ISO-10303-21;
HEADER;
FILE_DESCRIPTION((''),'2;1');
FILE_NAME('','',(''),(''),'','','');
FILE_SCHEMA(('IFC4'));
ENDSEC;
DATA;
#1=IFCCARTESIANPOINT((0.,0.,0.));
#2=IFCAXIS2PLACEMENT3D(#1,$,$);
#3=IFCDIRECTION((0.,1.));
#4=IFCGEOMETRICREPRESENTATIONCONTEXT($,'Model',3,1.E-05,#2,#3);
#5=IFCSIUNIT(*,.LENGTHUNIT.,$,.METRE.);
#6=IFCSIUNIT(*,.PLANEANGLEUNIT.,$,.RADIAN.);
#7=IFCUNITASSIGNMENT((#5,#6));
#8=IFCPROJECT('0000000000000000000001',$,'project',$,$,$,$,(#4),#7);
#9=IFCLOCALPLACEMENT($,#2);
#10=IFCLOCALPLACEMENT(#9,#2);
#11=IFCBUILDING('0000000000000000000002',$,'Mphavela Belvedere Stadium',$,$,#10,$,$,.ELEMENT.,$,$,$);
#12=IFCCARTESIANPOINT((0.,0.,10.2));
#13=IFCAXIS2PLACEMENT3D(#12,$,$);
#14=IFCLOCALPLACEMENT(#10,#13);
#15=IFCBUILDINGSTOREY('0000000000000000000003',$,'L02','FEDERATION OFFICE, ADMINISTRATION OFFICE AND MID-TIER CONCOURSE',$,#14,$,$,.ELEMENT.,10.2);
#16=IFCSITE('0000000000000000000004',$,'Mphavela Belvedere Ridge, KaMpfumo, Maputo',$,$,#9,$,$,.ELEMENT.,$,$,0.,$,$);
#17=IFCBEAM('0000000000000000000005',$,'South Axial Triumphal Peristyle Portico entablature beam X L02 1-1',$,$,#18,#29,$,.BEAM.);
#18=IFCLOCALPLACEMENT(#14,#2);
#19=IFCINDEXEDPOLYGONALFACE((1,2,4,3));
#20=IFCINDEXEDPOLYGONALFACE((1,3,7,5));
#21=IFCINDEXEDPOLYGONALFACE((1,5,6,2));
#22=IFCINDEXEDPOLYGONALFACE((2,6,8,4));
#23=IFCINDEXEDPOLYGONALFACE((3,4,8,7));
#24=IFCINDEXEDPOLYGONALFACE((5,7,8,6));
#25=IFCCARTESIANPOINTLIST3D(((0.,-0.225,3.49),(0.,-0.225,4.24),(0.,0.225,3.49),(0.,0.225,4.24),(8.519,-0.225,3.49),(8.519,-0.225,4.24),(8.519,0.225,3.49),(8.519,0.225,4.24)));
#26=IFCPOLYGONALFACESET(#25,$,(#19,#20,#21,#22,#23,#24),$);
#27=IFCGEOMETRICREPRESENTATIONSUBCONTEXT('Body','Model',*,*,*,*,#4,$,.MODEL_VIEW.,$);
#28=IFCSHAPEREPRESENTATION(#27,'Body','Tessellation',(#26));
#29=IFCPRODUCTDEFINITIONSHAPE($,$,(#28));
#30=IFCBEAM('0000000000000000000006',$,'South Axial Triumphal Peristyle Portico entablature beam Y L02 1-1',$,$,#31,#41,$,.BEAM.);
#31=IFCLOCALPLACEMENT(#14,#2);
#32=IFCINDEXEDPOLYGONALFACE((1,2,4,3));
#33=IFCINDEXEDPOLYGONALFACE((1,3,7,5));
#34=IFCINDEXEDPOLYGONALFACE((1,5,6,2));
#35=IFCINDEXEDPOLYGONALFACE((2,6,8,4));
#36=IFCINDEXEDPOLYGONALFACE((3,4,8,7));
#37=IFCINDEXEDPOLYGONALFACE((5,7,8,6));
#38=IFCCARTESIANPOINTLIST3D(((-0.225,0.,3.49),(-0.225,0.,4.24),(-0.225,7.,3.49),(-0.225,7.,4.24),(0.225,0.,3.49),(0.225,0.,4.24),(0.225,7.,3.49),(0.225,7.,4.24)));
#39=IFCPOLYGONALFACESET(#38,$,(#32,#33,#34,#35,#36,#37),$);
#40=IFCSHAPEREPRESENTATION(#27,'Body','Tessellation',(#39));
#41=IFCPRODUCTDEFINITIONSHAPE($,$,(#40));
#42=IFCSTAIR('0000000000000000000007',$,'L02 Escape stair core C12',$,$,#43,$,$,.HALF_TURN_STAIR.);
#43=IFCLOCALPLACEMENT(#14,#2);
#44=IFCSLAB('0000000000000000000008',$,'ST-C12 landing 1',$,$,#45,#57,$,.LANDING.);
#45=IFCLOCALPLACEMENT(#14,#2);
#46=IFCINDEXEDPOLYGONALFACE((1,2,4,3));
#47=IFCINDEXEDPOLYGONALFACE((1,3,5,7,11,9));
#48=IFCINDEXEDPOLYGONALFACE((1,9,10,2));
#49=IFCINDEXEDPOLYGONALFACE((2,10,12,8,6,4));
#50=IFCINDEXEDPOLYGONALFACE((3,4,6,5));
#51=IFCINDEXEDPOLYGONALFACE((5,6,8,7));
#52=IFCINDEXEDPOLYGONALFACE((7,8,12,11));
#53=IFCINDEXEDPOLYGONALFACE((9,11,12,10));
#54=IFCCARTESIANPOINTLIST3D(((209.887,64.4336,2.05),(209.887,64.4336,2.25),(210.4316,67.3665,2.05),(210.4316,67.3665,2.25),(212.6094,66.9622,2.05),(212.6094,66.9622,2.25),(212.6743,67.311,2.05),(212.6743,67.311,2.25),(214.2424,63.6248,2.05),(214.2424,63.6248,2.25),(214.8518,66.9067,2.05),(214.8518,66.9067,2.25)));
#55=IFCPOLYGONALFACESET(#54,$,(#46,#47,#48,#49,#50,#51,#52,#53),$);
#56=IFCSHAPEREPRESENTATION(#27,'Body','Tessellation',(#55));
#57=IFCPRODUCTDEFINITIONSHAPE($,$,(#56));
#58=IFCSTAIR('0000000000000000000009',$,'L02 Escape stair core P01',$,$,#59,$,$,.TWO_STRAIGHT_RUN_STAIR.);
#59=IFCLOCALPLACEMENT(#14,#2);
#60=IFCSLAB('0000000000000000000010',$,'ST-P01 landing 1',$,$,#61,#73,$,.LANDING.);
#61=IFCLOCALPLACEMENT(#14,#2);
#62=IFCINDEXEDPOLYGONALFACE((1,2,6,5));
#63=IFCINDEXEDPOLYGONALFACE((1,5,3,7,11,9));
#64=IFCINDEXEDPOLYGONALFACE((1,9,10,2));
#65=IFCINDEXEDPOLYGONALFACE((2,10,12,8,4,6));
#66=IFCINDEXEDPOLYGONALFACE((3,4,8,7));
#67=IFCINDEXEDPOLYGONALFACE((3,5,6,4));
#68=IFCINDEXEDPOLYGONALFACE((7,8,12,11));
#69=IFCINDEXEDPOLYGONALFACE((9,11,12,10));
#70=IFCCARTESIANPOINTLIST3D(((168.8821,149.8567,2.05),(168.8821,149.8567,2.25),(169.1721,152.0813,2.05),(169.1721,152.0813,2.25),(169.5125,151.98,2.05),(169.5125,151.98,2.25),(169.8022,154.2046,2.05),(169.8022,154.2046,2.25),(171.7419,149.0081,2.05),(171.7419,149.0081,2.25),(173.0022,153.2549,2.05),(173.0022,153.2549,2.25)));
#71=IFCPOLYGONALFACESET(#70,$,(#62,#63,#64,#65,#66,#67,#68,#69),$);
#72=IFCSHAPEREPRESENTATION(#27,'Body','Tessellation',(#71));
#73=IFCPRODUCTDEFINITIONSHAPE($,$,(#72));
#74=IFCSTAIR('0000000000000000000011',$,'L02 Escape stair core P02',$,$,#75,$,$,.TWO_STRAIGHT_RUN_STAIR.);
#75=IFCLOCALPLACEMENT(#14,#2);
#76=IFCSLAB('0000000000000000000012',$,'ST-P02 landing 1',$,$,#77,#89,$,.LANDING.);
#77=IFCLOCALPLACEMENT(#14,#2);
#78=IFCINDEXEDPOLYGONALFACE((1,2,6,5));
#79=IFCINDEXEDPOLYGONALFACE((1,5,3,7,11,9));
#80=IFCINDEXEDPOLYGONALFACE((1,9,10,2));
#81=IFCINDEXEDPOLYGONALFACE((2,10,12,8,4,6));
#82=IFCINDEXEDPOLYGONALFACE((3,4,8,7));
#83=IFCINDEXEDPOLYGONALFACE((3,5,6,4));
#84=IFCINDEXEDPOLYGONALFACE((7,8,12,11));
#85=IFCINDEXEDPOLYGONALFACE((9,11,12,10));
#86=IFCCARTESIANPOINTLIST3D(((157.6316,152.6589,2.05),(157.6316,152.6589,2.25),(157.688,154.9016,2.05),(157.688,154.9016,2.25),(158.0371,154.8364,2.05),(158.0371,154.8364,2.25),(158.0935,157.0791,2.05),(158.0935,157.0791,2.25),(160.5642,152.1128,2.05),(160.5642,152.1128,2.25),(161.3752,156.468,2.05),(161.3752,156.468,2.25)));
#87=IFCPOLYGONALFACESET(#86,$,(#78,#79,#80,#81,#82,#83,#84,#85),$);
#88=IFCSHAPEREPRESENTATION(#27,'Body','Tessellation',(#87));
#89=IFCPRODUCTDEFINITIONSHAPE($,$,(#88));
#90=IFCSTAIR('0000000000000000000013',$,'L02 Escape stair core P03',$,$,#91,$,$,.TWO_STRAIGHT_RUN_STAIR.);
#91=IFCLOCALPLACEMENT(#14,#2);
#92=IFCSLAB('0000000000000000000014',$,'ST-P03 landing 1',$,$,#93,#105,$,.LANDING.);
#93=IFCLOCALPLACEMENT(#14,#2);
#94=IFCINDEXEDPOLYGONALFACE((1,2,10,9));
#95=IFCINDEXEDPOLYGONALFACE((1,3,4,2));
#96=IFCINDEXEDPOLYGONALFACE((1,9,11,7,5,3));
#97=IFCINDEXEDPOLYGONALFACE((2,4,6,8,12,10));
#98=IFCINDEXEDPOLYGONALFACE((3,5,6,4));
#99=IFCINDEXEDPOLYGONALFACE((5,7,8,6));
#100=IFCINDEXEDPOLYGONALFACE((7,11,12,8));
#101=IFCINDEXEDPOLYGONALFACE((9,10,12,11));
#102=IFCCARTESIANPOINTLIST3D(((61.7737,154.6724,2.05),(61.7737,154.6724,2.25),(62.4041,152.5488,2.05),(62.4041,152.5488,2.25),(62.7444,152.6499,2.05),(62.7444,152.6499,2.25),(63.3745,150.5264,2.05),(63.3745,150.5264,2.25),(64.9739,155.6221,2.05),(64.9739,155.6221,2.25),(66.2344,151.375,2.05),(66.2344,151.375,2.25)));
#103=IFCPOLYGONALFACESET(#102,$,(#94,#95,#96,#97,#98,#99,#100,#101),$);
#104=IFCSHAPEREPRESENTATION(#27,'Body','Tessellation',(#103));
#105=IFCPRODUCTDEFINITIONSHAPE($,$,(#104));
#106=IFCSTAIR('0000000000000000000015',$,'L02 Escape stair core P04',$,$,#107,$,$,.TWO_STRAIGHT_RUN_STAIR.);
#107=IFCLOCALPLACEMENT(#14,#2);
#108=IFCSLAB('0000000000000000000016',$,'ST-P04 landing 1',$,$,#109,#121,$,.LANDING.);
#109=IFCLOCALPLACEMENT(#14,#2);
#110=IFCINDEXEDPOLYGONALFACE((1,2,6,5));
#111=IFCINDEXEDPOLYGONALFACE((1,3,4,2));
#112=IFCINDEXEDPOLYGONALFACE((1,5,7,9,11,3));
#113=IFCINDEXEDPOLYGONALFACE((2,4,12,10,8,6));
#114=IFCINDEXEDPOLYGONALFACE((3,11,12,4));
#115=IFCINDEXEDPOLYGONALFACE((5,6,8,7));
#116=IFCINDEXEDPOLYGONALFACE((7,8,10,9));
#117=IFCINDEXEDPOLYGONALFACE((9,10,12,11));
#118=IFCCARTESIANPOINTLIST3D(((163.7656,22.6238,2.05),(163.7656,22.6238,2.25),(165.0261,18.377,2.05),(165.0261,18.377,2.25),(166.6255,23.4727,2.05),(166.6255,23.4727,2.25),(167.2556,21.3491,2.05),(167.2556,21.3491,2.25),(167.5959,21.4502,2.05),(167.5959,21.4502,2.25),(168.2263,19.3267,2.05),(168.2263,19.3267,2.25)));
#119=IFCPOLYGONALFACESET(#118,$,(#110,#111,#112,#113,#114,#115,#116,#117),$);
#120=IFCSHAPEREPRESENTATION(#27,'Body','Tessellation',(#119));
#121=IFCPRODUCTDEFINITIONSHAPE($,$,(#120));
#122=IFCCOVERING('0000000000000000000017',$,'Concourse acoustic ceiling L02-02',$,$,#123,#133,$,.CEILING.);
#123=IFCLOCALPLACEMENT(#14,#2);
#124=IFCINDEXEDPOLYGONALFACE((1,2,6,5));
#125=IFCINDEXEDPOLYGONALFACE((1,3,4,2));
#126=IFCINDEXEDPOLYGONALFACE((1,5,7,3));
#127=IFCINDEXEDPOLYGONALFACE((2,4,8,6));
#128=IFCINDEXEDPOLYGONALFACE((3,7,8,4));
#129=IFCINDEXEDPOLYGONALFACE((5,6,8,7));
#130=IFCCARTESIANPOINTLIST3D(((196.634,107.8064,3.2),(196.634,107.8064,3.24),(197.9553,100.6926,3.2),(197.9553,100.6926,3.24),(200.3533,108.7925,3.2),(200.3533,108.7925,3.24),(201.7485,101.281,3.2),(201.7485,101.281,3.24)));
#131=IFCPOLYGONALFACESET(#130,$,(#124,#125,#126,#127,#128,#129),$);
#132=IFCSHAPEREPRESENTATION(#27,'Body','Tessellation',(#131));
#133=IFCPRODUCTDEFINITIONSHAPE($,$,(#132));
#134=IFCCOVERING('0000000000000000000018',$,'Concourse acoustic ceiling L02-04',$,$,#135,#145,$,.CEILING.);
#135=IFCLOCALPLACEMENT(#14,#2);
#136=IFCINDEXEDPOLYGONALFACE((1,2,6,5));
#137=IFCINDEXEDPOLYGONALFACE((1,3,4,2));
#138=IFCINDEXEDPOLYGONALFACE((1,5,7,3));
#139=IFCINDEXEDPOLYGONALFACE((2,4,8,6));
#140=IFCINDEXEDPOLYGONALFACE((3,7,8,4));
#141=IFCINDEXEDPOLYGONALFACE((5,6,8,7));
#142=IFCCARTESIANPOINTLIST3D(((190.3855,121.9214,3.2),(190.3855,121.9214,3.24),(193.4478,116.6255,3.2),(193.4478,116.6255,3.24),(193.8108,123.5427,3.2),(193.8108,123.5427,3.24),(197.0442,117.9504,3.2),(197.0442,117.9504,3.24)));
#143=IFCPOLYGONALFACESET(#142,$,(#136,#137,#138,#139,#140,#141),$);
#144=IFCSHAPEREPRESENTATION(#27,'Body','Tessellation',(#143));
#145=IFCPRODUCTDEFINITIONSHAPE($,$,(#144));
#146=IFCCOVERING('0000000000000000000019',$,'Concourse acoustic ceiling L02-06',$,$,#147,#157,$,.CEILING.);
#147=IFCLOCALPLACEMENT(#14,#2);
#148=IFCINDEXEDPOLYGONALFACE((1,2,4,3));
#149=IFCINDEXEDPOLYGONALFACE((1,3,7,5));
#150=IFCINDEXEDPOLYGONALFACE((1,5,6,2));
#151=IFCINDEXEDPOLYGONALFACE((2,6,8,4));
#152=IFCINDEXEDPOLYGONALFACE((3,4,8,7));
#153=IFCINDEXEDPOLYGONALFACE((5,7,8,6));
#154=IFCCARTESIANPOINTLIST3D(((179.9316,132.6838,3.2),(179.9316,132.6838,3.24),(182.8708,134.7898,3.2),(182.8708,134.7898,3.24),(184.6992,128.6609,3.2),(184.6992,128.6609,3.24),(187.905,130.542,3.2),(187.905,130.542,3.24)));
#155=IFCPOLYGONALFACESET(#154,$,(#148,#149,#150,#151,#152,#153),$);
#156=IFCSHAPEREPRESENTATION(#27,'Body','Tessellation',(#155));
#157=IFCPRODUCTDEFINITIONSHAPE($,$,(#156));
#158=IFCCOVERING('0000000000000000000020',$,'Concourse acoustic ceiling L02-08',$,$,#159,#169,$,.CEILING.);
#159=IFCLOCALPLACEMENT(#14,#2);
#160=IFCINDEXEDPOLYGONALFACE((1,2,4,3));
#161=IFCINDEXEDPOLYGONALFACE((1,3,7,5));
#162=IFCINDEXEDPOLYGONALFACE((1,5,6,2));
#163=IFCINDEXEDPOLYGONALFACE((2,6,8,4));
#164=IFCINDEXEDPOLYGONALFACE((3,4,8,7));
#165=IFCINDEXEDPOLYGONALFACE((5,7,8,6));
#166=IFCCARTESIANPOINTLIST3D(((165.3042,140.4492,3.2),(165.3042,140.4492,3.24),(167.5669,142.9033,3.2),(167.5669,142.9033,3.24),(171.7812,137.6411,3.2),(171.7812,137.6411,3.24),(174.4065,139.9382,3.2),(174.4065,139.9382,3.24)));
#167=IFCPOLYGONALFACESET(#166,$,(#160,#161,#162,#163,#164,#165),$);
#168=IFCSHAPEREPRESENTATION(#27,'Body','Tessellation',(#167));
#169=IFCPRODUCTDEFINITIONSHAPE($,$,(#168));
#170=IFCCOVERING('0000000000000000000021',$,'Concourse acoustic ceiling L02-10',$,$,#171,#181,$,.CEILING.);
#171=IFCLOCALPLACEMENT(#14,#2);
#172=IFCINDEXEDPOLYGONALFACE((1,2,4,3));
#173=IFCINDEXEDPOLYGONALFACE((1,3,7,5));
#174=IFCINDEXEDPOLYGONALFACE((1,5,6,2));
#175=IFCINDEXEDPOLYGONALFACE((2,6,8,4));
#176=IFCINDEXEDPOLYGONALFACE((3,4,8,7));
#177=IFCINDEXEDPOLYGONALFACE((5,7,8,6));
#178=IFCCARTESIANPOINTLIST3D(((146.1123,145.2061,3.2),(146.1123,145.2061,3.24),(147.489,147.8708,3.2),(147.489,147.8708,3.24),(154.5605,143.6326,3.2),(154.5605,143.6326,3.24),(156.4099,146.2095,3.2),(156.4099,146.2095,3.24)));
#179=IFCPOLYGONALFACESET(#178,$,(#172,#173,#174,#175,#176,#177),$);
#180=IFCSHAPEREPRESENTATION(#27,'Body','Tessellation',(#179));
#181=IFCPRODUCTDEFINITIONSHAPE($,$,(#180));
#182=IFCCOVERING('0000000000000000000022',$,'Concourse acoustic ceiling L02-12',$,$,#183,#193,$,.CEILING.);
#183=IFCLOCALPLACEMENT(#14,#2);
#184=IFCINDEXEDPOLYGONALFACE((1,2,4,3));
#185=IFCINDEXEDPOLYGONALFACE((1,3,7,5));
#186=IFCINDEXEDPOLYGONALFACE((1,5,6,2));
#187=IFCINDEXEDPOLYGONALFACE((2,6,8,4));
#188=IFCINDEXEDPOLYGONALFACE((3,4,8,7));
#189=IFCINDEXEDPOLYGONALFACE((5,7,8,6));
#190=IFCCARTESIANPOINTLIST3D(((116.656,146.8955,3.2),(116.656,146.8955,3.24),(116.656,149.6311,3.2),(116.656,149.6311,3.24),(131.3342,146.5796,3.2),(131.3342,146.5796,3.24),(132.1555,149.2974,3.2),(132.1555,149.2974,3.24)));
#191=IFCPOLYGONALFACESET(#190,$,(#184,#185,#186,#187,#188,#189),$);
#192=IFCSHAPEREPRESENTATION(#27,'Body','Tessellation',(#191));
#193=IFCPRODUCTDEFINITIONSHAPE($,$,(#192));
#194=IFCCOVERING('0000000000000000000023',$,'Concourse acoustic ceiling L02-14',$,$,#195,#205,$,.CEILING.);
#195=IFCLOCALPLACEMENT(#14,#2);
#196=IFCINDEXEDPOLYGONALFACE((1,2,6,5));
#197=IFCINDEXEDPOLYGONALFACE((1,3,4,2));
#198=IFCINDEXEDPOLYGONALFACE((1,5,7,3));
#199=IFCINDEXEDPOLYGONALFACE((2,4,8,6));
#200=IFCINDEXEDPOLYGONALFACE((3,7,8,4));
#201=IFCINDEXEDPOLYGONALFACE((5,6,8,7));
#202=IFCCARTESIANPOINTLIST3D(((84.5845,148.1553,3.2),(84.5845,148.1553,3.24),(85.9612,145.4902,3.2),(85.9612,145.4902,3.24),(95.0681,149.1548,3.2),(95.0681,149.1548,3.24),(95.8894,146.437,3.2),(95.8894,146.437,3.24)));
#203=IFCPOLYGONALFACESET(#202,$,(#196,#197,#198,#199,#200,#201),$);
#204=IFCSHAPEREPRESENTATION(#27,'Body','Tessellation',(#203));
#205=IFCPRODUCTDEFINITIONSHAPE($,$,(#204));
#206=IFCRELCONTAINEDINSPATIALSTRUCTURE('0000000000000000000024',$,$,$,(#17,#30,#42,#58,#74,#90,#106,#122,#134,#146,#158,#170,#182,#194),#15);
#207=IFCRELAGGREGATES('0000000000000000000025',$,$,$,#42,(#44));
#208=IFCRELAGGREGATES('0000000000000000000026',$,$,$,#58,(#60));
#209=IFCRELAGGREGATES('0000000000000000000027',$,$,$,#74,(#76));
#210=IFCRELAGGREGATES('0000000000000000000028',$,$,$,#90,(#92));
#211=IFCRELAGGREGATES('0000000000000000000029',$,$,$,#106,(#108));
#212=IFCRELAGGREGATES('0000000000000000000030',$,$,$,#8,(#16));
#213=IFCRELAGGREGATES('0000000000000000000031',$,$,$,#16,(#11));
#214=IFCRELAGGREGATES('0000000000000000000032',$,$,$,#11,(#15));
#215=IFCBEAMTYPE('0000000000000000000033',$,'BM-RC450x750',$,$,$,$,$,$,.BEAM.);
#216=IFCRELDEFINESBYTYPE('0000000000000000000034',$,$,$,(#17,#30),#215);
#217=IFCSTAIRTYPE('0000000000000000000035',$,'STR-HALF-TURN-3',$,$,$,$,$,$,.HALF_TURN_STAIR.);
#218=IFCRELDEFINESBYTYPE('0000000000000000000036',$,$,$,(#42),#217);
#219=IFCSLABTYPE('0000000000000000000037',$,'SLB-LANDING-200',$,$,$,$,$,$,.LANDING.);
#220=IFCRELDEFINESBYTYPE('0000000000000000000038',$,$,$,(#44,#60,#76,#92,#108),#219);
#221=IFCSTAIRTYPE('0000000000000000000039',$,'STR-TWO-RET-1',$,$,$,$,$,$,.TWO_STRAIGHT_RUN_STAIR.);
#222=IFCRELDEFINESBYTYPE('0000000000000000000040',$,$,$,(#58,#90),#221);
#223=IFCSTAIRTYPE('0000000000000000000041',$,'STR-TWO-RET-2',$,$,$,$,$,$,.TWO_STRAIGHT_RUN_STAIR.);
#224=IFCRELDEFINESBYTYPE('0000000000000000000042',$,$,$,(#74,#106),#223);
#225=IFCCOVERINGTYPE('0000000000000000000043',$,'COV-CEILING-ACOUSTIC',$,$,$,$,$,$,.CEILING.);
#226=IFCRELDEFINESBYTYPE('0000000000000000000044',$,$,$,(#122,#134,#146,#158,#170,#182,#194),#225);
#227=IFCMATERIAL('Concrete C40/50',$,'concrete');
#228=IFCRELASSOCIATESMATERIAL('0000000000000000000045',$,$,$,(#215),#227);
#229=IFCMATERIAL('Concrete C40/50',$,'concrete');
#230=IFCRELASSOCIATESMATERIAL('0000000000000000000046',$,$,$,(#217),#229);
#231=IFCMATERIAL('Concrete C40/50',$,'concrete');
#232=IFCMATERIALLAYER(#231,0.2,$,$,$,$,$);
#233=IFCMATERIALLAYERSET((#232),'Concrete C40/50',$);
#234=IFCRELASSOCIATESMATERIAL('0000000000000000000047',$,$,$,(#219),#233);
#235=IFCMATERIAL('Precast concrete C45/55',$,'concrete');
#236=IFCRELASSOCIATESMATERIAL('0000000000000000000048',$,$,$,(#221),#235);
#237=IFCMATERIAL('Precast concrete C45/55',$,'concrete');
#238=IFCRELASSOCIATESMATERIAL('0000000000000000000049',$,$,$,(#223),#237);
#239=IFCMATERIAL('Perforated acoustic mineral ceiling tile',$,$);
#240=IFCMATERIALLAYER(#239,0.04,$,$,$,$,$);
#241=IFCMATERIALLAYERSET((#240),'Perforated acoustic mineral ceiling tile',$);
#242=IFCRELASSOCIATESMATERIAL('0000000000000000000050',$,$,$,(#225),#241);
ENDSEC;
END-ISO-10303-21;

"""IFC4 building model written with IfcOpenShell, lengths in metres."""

from ifc_helpers import new_model, si_unit, direction, frame, origin, origin_2d, place, context, subcontext, project, spatial, polyline, rectangle, outline, extrude, material, layer, layer_set, material_profile, profile_set, type_object, element, aggregate, save


model = new_model("IFC4")

# Units and contexts
model_context = context("Model", 3, precision=1e-05, world=origin(), true_north=direction((0.0, 1.0)))
body_context = subcontext(model_context, "Body", "Model", "MODEL_VIEW")
ifc_project = project(units=[si_unit("LENGTHUNIT", "METRE"), si_unit("PLANEANGLEUNIT", "RADIAN")], contexts=[model_context])

# Site, building, storey
site_placement = place(None, origin())
site = spatial("IfcSite", under=ifc_project, at=site_placement, Name="Mphavela Belvedere Ridge, KaMpfumo, Maputo", CompositionType="ELEMENT", RefElevation=0.0)
building_placement = place(site_placement, origin())
building = spatial("IfcBuilding", under=site, at=building_placement, Name="Mphavela Belvedere Stadium", CompositionType="ELEMENT")
storey_placement = place(building_placement, frame((0.0, 0.0, 10.2)))
storey = spatial("IfcBuildingStorey", under=building, at=storey_placement, Name="L02", Description="FEDERATION OFFICE, ADMINISTRATION OFFICE AND MID-TIER CONCOURSE", CompositionType="ELEMENT", Elevation=10.2)

# Beams
ifc_material_1 = material(Name="Concrete C40/50", Category="concrete")
ifc_material_profile = material_profile(ifc_material_1, rectangle(XDim=0.45, YDim=0.75, at=origin_2d()), Name="RC 450x750")
ifc_profile_set = profile_set([ifc_material_profile], Name="Concrete C40/50")
beam_type = type_object("IfcBeamType", Name="BM-RC450x750", PredefinedType="BEAM", material=ifc_profile_set)
beam_1_placement = place(storey_placement, frame((0.0, 0.0, 3.865), z_axis=(1.0, 0.0, 0.0), x_axis=(0.0, 1.0, 0.0)))
element("IfcBeam", 1, at=beam_1_placement, inside=storey, type_object=beam_type, Name="South Axial Triumphal Peristyle Portico entablature beam X L02 1-1", PredefinedType="BEAM", context=body_context, shape_type="SweptSolid", body=[
    extrude(rectangle(XDim=0.45, YDim=0.75, at=origin_2d()), origin(), (0.0, 0.0, 1.0), 8.519),
])
beam_2_placement = place(storey_placement, frame((0.0, 0.0, 3.865), z_axis=(0.0, 1.0, 0.0), x_axis=(-1.0, 0.0, 0.0)))
element("IfcBeam", 2, at=beam_2_placement, inside=storey, type_object=beam_type, Name="South Axial Triumphal Peristyle Portico entablature beam Y L02 1-1", PredefinedType="BEAM", context=body_context, shape_type="SweptSolid", body=[
    extrude(rectangle(XDim=0.45, YDim=0.75, at=origin_2d()), origin(), (0.0, 0.0, 1.0), 7.0),
])

# Stairs, slabs
ifc_material_2 = material(Name="Concrete C40/50", Category="concrete")
stair_type_1 = type_object("IfcStairType", Name="STR-HALF-TURN-3", PredefinedType="HALF_TURN_STAIR", material=ifc_material_2)
stair_1_placement = place(storey_placement, origin())
stair_1 = element("IfcStair", 3, at=stair_1_placement, inside=storey, type_object=stair_type_1, Name="L02 Escape stair core C12", PredefinedType="HALF_TURN_STAIR")
ifc_material_3 = material(Name="Concrete C40/50", Category="concrete")
ifc_layer_1 = layer(ifc_material_3, 0.2)
ifc_layer_set_1 = layer_set([ifc_layer_1], Name="Concrete C40/50")
slab_type = type_object("IfcSlabType", Name="SLB-LANDING-200", PredefinedType="LANDING", material=ifc_layer_set_1)
slab_1_placement = place(storey_placement, frame((0.0, 0.0, 2.05)))
slab_1 = element("IfcSlab", 4, at=slab_1_placement, type_object=slab_type, Name="ST-C12 landing 1", PredefinedType="LANDING", context=body_context, shape_type="SweptSolid", body=[
    extrude(outline(polyline([(210.4316, 67.3665), (209.887, 64.4336), (214.2424, 63.6248), (214.8518, 66.9067), (212.6743, 67.311), (212.6094, 66.9622), (210.4316, 67.3665)])), origin(), (0.0, 0.0, 1.0), 0.2),
])
aggregate(stair_1, [slab_1])
ifc_material_4 = material(Name="Precast concrete C45/55", Category="concrete")
stair_type_2 = type_object("IfcStairType", Name="STR-TWO-RET-1", PredefinedType="TWO_STRAIGHT_RUN_STAIR", material=ifc_material_4)
stair_2_placement = place(storey_placement, origin())
stair_2 = element("IfcStair", 5, at=stair_2_placement, inside=storey, type_object=stair_type_2, Name="L02 Escape stair core P01", PredefinedType="TWO_STRAIGHT_RUN_STAIR")
slab_2_placement = place(storey_placement, frame((0.0, 0.0, 2.05)))
slab_2 = element("IfcSlab", 6, at=slab_2_placement, type_object=slab_type, Name="ST-P01 landing 1", PredefinedType="LANDING", context=body_context, shape_type="SweptSolid", body=[
    extrude(outline(polyline([(168.8821, 149.8567), (171.7419, 149.0081), (173.0022, 153.2549), (169.8022, 154.2046), (169.1721, 152.0813), (169.5125, 151.98), (168.8821, 149.8567)])), origin(), (0.0, 0.0, 1.0), 0.2),
])
aggregate(stair_2, [slab_2])
ifc_material_5 = material(Name="Precast concrete C45/55", Category="concrete")
stair_type_3 = type_object("IfcStairType", Name="STR-TWO-RET-2", PredefinedType="TWO_STRAIGHT_RUN_STAIR", material=ifc_material_5)
stair_3_placement = place(storey_placement, origin())
stair_3 = element("IfcStair", 7, at=stair_3_placement, inside=storey, type_object=stair_type_3, Name="L02 Escape stair core P02", PredefinedType="TWO_STRAIGHT_RUN_STAIR")
slab_3_placement = place(storey_placement, frame((0.0, 0.0, 2.05)))
slab_3 = element("IfcSlab", 8, at=slab_3_placement, type_object=slab_type, Name="ST-P02 landing 1", PredefinedType="LANDING", context=body_context, shape_type="SweptSolid", body=[
    extrude(outline(polyline([(157.6316, 152.6589), (160.5642, 152.1128), (161.3752, 156.468), (158.0935, 157.0791), (157.688, 154.9016), (158.0371, 154.8364), (157.6316, 152.6589)])), origin(), (0.0, 0.0, 1.0), 0.2),
])
aggregate(stair_3, [slab_3])
stair_4_placement = place(storey_placement, origin())
stair_4 = element("IfcStair", 9, at=stair_4_placement, inside=storey, type_object=stair_type_2, Name="L02 Escape stair core P03", PredefinedType="TWO_STRAIGHT_RUN_STAIR")
slab_4_placement = place(storey_placement, frame((0.0, 0.0, 2.05)))
slab_4 = element("IfcSlab", 10, at=slab_4_placement, type_object=slab_type, Name="ST-P03 landing 1", PredefinedType="LANDING", context=body_context, shape_type="SweptSolid", body=[
    extrude(outline(polyline([(63.3745, 150.5264), (66.2344, 151.375), (64.9739, 155.6221), (61.7737, 154.6724), (62.4041, 152.5488), (62.7444, 152.6499), (63.3745, 150.5264)])), origin(), (0.0, 0.0, 1.0), 0.2),
])
aggregate(stair_4, [slab_4])
stair_5_placement = place(storey_placement, origin())
stair_5 = element("IfcStair", 11, at=stair_5_placement, inside=storey, type_object=stair_type_3, Name="L02 Escape stair core P04", PredefinedType="TWO_STRAIGHT_RUN_STAIR")
slab_5_placement = place(storey_placement, frame((0.0, 0.0, 2.05)))
slab_5 = element("IfcSlab", 12, at=slab_5_placement, type_object=slab_type, Name="ST-P04 landing 1", PredefinedType="LANDING", context=body_context, shape_type="SweptSolid", body=[
    extrude(outline(polyline([(166.6255, 23.4727), (163.7656, 22.6238), (165.0261, 18.377), (168.2263, 19.3267), (167.5959, 21.4502), (167.2556, 21.3491), (166.6255, 23.4727)])), origin(), (0.0, 0.0, 1.0), 0.2),
])
aggregate(stair_5, [slab_5])

# Coverings
ifc_material_6 = material(Name="Perforated acoustic mineral ceiling tile")
ifc_layer_2 = layer(ifc_material_6, 0.04)
ifc_layer_set_2 = layer_set([ifc_layer_2], Name="Perforated acoustic mineral ceiling tile")
covering_type = type_object("IfcCoveringType", Name="COV-CEILING-ACOUSTIC", PredefinedType="CEILING", material=ifc_layer_set_2)
covering_1_placement = place(storey_placement, frame((0.0, 0.0, 3.2)))
element("IfcCovering", 13, at=covering_1_placement, inside=storey, type_object=covering_type, Name="Concourse acoustic ceiling L02-02", PredefinedType="CEILING", context=body_context, shape_type="SweptSolid", body=[
    extrude(outline(polyline([(197.9553, 100.6926), (196.634, 107.8064), (200.3533, 108.7925), (201.7485, 101.281), (197.9553, 100.6926)])), origin(), (0.0, 0.0, 1.0), 0.04),
])
covering_2_placement = place(storey_placement, frame((0.0, 0.0, 3.2)))
element("IfcCovering", 14, at=covering_2_placement, inside=storey, type_object=covering_type, Name="Concourse acoustic ceiling L02-04", PredefinedType="CEILING", context=body_context, shape_type="SweptSolid", body=[
    extrude(outline(polyline([(193.4478, 116.6255), (190.3855, 121.9214), (193.8108, 123.5427), (197.0442, 117.9504), (193.4478, 116.6255)])), origin(), (0.0, 0.0, 1.0), 0.04),
])
covering_3_placement = place(storey_placement, frame((0.0, 0.0, 3.2)))
element("IfcCovering", 15, at=covering_3_placement, inside=storey, type_object=covering_type, Name="Concourse acoustic ceiling L02-06", PredefinedType="CEILING", context=body_context, shape_type="SweptSolid", body=[
    extrude(outline(polyline([(184.6992, 128.6609), (179.9316, 132.6838), (182.8708, 134.7898), (187.905, 130.542), (184.6992, 128.6609)])), origin(), (0.0, 0.0, 1.0), 0.04),
])
covering_4_placement = place(storey_placement, frame((0.0, 0.0, 3.2)))
element("IfcCovering", 16, at=covering_4_placement, inside=storey, type_object=covering_type, Name="Concourse acoustic ceiling L02-08", PredefinedType="CEILING", context=body_context, shape_type="SweptSolid", body=[
    extrude(outline(polyline([(171.7812, 137.6411), (165.3042, 140.4492), (167.5669, 142.9033), (174.4065, 139.9382), (171.7812, 137.6411)])), origin(), (0.0, 0.0, 1.0), 0.04),
])
covering_5_placement = place(storey_placement, frame((0.0, 0.0, 3.2)))
element("IfcCovering", 17, at=covering_5_placement, inside=storey, type_object=covering_type, Name="Concourse acoustic ceiling L02-10", PredefinedType="CEILING", context=body_context, shape_type="SweptSolid", body=[
    extrude(outline(polyline([(154.5605, 143.6326), (146.1123, 145.2061), (147.489, 147.8708), (156.4099, 146.2095), (154.5605, 143.6326)])), origin(), (0.0, 0.0, 1.0), 0.04),
])
covering_6_placement = place(storey_placement, frame((0.0, 0.0, 3.2)))
element("IfcCovering", 18, at=covering_6_placement, inside=storey, type_object=covering_type, Name="Concourse acoustic ceiling L02-12", PredefinedType="CEILING", context=body_context, shape_type="SweptSolid", body=[
    extrude(outline(polyline([(131.3342, 146.5796), (116.656, 146.8955), (116.656, 149.6311), (132.1555, 149.2974), (131.3342, 146.5796)])), origin(), (0.0, 0.0, 1.0), 0.04),
])
covering_7_placement = place(storey_placement, frame((0.0, 0.0, 3.2)))
element("IfcCovering", 19, at=covering_7_placement, inside=storey, type_object=covering_type, Name="Concourse acoustic ceiling L02-14", PredefinedType="CEILING", context=body_context, shape_type="SweptSolid", body=[
    extrude(outline(polyline([(95.8894, 146.437), (85.9612, 145.4902), (84.5845, 148.1553), (95.0681, 149.1548), (95.8894, 146.437)])), origin(), (0.0, 0.0, 1.0), 0.04),
])

save(model, "model.ifc")
